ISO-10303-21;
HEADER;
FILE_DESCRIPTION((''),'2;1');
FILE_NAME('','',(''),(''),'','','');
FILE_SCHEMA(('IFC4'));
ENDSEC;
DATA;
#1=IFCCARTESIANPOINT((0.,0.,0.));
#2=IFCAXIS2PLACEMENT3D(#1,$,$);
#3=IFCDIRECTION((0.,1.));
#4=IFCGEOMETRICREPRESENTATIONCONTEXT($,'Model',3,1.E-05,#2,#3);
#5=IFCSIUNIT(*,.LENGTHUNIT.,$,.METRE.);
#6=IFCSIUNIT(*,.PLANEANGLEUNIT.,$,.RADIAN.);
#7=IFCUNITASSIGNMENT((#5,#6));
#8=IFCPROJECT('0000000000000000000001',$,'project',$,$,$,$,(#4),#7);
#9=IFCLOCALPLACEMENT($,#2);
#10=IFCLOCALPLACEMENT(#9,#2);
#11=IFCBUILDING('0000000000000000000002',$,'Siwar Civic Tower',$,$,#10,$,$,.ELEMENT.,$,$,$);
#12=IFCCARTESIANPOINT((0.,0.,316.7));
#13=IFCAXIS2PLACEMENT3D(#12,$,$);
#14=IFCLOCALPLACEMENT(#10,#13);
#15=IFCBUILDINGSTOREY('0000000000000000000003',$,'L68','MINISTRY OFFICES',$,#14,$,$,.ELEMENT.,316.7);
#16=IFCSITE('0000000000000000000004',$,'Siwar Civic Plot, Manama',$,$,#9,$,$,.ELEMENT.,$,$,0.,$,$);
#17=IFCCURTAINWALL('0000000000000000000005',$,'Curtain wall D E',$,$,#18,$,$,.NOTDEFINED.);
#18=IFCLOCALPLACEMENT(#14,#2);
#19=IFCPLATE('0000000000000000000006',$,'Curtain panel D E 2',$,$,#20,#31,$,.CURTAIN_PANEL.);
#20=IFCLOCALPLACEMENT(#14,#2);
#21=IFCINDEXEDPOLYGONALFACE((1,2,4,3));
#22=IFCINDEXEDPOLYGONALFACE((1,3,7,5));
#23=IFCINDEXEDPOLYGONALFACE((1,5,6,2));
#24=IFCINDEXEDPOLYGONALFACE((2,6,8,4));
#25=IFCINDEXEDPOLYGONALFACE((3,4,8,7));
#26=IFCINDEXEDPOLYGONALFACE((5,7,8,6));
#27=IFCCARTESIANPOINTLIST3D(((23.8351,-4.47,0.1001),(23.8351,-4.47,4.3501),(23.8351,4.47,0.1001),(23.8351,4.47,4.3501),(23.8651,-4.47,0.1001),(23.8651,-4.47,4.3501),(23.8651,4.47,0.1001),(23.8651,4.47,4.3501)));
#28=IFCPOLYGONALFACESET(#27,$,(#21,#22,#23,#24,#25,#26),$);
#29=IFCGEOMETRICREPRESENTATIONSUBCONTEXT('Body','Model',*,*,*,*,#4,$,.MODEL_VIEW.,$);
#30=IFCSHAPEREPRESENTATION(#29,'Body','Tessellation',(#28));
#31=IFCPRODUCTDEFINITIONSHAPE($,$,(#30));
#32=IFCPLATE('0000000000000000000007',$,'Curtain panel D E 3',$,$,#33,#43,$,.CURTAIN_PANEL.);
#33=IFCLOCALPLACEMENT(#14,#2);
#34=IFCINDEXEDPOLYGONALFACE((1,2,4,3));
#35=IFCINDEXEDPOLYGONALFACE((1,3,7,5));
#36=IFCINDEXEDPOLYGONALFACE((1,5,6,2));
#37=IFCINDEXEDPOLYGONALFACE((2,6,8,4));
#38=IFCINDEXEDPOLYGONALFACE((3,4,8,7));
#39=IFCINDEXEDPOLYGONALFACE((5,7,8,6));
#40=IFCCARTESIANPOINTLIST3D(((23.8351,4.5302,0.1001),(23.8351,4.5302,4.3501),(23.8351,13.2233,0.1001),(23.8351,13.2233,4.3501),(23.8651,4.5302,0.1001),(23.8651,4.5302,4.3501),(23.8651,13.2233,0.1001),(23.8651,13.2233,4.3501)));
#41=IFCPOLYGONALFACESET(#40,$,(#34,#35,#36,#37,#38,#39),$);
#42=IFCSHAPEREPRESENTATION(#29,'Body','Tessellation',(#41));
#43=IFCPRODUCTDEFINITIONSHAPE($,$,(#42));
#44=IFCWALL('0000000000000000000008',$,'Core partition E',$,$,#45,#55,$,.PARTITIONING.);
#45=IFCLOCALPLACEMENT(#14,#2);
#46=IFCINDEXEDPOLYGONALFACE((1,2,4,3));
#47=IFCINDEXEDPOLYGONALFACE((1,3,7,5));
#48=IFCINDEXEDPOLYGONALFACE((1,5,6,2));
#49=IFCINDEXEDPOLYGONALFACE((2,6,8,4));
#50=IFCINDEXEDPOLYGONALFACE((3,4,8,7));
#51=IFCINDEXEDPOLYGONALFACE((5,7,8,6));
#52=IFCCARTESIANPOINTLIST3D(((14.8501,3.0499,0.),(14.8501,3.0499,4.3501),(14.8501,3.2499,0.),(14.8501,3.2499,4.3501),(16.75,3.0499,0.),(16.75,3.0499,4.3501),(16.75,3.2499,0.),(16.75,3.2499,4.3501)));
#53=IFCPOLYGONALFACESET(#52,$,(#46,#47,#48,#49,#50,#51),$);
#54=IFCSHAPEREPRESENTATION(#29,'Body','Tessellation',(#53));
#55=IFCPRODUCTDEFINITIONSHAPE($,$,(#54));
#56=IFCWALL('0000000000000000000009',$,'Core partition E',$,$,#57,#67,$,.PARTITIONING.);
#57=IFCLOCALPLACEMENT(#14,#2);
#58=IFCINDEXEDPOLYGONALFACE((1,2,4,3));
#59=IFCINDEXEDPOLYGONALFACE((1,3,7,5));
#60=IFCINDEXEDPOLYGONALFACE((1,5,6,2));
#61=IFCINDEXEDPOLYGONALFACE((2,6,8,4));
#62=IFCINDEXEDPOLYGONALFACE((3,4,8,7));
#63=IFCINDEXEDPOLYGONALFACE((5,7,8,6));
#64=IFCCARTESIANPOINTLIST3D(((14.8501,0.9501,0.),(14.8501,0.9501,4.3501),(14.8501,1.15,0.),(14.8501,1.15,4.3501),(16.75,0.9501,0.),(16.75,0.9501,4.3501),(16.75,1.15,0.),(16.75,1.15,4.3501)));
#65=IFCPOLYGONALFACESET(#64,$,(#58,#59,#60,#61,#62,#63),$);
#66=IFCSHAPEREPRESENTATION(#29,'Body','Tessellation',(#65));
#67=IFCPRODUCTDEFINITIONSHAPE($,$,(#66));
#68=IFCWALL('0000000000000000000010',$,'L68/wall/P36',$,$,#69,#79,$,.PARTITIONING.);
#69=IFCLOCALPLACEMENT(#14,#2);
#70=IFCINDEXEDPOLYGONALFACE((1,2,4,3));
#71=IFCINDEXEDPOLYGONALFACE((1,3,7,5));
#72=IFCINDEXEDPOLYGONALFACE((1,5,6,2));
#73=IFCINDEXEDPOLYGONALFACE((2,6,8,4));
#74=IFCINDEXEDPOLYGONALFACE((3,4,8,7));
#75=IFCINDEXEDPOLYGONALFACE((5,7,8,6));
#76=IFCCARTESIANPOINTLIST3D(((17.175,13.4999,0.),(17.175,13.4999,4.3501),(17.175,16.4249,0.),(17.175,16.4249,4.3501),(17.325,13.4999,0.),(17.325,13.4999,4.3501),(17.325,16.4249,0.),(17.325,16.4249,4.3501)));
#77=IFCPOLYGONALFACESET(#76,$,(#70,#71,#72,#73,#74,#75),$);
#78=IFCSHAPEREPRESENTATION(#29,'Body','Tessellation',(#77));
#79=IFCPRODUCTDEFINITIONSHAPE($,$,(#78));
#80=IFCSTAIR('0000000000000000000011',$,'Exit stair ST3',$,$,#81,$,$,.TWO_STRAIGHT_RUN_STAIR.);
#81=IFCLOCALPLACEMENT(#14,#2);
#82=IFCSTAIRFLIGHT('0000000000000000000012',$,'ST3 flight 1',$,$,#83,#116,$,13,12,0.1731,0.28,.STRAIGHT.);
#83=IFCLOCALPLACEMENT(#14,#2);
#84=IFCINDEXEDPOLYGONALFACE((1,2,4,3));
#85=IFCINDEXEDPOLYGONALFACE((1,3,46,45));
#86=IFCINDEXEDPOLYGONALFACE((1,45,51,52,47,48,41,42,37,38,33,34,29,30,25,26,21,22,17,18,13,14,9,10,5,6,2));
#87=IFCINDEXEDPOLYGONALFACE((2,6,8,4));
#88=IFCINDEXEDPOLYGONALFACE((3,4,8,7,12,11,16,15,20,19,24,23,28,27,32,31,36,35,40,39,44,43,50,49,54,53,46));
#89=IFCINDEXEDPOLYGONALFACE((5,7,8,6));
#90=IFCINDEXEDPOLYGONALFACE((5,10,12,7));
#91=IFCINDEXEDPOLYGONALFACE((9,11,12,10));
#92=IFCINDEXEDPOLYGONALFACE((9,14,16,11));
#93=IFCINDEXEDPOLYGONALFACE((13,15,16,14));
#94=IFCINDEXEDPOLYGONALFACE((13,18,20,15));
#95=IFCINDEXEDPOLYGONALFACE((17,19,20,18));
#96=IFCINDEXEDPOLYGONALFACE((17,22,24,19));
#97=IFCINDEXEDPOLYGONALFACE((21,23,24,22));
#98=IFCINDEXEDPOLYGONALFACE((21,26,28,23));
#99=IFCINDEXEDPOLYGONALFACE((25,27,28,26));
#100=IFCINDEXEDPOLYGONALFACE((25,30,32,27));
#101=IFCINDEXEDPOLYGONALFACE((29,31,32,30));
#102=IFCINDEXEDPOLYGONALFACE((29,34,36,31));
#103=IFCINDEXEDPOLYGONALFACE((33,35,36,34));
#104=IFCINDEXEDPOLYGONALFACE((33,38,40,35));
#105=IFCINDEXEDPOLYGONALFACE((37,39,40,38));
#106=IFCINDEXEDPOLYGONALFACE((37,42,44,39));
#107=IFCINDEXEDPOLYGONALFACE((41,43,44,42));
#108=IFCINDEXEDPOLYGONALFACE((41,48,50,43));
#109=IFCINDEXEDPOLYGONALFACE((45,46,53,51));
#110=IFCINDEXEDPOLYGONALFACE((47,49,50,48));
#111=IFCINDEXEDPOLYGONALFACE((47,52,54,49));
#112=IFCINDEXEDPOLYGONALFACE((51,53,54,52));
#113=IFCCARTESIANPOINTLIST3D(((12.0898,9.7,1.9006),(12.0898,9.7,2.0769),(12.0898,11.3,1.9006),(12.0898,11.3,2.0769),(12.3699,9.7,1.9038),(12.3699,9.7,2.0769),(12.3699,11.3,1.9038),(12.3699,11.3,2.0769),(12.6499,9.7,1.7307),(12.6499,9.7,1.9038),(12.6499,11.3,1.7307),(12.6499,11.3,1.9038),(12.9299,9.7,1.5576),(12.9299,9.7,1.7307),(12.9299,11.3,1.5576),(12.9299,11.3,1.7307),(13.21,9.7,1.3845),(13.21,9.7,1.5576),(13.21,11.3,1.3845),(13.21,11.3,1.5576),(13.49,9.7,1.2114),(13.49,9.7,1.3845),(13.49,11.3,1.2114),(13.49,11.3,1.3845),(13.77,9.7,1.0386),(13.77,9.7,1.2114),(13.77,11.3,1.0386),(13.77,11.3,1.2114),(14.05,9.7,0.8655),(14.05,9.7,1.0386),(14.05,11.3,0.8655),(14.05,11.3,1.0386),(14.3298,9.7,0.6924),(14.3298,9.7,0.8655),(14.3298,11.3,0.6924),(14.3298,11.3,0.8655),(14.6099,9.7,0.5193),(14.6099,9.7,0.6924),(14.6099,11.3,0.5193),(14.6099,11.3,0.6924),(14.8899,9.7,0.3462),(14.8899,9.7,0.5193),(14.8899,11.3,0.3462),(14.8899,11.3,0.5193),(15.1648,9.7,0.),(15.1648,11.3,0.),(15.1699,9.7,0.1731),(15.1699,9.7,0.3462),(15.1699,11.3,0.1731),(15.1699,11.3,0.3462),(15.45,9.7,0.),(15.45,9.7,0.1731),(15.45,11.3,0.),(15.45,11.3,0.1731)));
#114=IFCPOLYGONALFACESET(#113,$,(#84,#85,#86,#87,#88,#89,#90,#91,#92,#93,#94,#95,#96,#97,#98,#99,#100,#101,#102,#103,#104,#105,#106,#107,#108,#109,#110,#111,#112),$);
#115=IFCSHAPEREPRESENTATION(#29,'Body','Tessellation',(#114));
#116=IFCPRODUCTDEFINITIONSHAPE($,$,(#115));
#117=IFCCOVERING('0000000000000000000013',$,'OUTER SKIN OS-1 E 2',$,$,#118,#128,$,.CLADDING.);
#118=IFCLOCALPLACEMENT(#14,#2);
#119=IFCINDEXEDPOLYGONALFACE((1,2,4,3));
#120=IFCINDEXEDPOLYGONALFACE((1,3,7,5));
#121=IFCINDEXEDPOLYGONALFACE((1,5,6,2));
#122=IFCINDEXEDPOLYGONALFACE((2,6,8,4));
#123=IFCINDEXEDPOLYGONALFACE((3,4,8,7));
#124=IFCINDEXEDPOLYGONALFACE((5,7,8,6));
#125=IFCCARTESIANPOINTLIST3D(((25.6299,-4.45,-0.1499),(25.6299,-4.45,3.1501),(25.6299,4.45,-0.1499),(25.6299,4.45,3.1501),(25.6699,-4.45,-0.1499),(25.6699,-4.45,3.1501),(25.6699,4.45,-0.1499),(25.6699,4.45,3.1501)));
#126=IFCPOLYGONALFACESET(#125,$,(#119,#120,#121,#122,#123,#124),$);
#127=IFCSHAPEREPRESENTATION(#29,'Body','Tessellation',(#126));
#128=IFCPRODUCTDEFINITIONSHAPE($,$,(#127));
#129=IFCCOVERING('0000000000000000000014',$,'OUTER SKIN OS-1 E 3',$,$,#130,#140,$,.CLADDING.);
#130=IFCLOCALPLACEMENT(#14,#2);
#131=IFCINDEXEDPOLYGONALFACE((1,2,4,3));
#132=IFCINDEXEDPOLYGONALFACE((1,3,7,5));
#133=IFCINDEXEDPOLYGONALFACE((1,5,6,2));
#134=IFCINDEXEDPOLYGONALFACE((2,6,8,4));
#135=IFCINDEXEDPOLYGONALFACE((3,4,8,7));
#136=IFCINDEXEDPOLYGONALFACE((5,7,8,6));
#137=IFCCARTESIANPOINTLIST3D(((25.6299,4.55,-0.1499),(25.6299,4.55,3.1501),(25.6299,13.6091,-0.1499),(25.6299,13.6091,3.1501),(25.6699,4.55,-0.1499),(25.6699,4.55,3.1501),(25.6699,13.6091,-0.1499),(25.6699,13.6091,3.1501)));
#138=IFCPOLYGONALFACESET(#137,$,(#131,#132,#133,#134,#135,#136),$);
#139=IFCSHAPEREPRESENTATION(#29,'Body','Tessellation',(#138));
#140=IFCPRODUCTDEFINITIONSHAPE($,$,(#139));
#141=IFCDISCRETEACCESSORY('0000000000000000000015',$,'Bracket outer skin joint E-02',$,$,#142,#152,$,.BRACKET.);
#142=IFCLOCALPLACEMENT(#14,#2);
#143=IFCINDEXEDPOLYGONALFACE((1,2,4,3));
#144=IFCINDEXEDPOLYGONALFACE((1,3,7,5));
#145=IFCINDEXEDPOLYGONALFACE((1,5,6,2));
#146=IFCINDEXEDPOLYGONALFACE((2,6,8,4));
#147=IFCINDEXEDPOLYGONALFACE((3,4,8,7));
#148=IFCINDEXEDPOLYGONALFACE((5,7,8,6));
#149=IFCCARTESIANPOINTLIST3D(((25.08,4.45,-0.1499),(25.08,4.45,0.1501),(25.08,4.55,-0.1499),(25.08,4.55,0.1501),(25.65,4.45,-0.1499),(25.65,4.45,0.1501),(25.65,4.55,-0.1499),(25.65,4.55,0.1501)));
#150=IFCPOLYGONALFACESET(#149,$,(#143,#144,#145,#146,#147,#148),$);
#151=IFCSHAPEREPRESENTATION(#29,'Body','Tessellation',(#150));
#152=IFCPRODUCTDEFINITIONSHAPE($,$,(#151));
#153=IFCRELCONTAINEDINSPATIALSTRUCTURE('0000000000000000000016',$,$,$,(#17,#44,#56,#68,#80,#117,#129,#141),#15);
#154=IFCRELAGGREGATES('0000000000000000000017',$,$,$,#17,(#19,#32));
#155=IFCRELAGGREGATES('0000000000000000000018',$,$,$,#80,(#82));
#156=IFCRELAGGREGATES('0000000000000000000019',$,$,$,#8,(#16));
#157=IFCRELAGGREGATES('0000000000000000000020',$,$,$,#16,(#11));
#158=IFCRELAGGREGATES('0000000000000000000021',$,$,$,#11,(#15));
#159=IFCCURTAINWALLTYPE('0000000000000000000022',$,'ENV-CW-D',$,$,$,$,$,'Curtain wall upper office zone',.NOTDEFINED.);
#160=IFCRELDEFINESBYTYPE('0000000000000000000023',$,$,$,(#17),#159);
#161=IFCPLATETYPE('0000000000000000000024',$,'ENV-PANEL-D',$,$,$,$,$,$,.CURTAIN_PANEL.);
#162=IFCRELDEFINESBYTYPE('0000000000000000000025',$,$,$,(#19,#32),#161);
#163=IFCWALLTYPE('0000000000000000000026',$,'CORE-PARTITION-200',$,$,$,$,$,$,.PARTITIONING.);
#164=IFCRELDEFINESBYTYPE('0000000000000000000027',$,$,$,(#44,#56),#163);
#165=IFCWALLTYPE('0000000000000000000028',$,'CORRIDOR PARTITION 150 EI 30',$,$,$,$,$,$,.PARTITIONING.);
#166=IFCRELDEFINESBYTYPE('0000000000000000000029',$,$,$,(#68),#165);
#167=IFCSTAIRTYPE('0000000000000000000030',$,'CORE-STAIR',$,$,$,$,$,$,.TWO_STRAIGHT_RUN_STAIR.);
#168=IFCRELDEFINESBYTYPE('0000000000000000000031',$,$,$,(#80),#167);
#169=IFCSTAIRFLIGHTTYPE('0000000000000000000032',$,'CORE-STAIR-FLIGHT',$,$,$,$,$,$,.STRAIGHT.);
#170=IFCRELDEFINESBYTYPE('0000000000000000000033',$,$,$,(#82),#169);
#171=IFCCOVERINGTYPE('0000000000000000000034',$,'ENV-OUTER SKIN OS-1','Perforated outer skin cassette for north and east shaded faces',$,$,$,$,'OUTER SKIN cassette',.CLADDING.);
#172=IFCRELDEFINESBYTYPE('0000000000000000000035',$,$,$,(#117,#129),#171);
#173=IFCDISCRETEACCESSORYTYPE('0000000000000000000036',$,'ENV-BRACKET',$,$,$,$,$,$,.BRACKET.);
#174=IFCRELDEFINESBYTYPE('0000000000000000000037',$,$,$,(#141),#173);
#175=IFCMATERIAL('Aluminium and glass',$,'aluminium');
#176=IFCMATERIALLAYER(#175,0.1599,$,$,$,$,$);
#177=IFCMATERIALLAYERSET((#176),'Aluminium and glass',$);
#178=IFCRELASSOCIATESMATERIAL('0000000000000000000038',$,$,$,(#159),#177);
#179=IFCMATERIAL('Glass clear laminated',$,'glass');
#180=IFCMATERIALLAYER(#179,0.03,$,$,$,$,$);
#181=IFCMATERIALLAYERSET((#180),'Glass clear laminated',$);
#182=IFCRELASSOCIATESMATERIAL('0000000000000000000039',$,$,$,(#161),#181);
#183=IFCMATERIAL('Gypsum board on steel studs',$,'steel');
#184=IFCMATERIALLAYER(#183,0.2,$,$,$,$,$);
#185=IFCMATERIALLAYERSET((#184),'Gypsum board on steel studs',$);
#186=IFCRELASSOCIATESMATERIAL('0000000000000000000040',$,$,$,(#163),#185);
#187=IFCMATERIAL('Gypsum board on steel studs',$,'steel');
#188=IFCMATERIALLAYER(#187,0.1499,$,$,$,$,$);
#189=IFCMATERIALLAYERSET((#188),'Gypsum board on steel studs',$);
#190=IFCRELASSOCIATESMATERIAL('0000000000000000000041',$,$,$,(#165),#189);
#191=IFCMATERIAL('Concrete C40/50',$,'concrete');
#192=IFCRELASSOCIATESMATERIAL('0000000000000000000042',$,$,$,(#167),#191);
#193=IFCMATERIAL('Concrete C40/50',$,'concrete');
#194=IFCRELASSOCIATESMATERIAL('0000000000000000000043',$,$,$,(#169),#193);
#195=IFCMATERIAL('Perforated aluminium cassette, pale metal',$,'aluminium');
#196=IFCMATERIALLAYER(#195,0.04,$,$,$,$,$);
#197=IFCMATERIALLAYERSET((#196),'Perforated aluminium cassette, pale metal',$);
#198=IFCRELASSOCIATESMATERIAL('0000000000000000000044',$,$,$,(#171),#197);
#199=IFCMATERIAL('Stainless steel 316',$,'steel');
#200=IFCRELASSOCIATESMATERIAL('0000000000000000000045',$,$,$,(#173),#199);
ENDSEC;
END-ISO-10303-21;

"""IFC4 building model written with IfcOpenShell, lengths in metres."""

from ifc_helpers import new_model, si_unit, direction, frame, frame_2d, origin, origin_2d, place, context, subcontext, project, spatial, polyline, rectangle, outline, extrude, material, layer, layer_set, type_object, element, aggregate, save


model = new_model("IFC4")

# Units and contexts
model_context = context("Model", 3, precision=1e-05, world=origin(), true_north=direction((0.0, 1.0)))
body_context = subcontext(model_context, "Body", "Model", "MODEL_VIEW")
ifc_project = project(units=[si_unit("LENGTHUNIT", "METRE"), si_unit("PLANEANGLEUNIT", "RADIAN")], contexts=[model_context])

# Site, building, storey
site_placement = place(None, origin())
site = spatial("IfcSite", under=ifc_project, at=site_placement, Name="Siwar Civic Plot, Manama", CompositionType="ELEMENT", RefElevation=0.0)
building_placement = place(site_placement, origin())
building = spatial("IfcBuilding", under=site, at=building_placement, Name="Siwar Civic Tower", CompositionType="ELEMENT")
storey_placement = place(building_placement, frame((0.0, 0.0, 316.7)))
storey = spatial("IfcBuildingStorey", under=building, at=storey_placement, Name="L68", Description="MINISTRY OFFICES", CompositionType="ELEMENT", Elevation=316.7)

# Curtain wall
ifc_material_1 = material(Name="Aluminium and glass", Category="aluminium")
ifc_layer_1 = layer(ifc_material_1, 0.1599)
ifc_layer_set_1 = layer_set([ifc_layer_1], Name="Aluminium and glass")
curtain_wall_type_1 = type_object("IfcCurtainWallType", Name="ENV-CW-D", ElementType="Curtain wall upper office zone", PredefinedType="NOTDEFINED", material=ifc_layer_set_1)
curtain_wall_1_placement = place(storey_placement, origin())
curtain_wall_1 = element("IfcCurtainWall", 1, at=curtain_wall_1_placement, inside=storey, type_object=curtain_wall_type_1, Name="Curtain wall D E", PredefinedType="NOTDEFINED")

# Plates
ifc_material_2 = material(Name="Glass clear laminated", Category="glass")
ifc_layer_2 = layer(ifc_material_2, 0.03)
ifc_layer_set_2 = layer_set([ifc_layer_2], Name="Glass clear laminated")
plate_type = type_object("IfcPlateType", Name="ENV-PANEL-D", PredefinedType="CURTAIN_PANEL", material=ifc_layer_set_2)
plate_1_placement = place(storey_placement, frame((23.8501, 0.0, 0.1001), z_axis=(0.0, 0.0, 1.0), x_axis=(0.0, 1.0, 0.0)))
plate_1 = element("IfcPlate", 2, at=plate_1_placement, type_object=plate_type, Name="Curtain panel D E 2", PredefinedType="CURTAIN_PANEL", context=body_context, shape_type="SweptSolid", body=[
    extrude(rectangle(XDim=8.9399, YDim=0.03, at=origin_2d()), origin(), (0.0, 0.0, 1.0), 4.25),
])
plate_2_placement = place(storey_placement, frame((23.8501, 8.8767, 0.1001), z_axis=(0.0, 0.0, 1.0), x_axis=(0.0, 1.0, 0.0)))
plate_2 = element("IfcPlate", 3, at=plate_2_placement, type_object=plate_type, Name="Curtain panel D E 3", PredefinedType="CURTAIN_PANEL", context=body_context, shape_type="SweptSolid", body=[
    extrude(rectangle(XDim=8.6931, YDim=0.03, at=origin_2d()), origin(), (0.0, 0.0, 1.0), 4.25),
])
aggregate(curtain_wall_1, [plate_1, plate_2])

# Walls
ifc_material_3 = material(Name="Gypsum board on steel studs", Category="steel")
ifc_layer_3 = layer(ifc_material_3, 0.2)
ifc_layer_set_3 = layer_set([ifc_layer_3], Name="Gypsum board on steel studs")
wall_type_1 = type_object("IfcWallType", Name="CORE-PARTITION-200", PredefinedType="PARTITIONING", material=ifc_layer_set_3)
for number, where, z_axis, x_axis, name in (
    (4, (14.8501, 3.1499, 0.0), (0.0, 0.0, 1.0), (1.0, 0.0, 0.0), "Core partition E"),
    (5, (14.8501, 1.05, 0.0), (0.0, 0.0, 1.0), (1.0, 0.0, 0.0), "Core partition E"),
):
    element("IfcWall", number, at=place(storey_placement, frame(where, z_axis=z_axis, x_axis=x_axis)), inside=storey, type_object=wall_type_1, Name=name, PredefinedType="PARTITIONING", context=body_context, shape_type="SweptSolid", body=[
        extrude(rectangle(XDim=1.8999, YDim=0.2, at=frame_2d((0.95, 0.0))), origin(), (0.0, 0.0, 1.0), 4.3501),
    ])
ifc_material_4 = material(Name="Gypsum board on steel studs", Category="steel")
ifc_layer_4 = layer(ifc_material_4, 0.1499)
ifc_layer_set_4 = layer_set([ifc_layer_4], Name="Gypsum board on steel studs")
wall_type_2 = type_object("IfcWallType", Name="CORRIDOR PARTITION 150 EI 30", PredefinedType="PARTITIONING", material=ifc_layer_set_4)
wall_placement = place(storey_placement, frame((17.25, 13.5, 0.0), z_axis=(0.0, 0.0, 1.0), x_axis=(0.0, 1.0, 0.0)))
element("IfcWall", 6, at=wall_placement, inside=storey, type_object=wall_type_2, Name="L68/wall/P36", PredefinedType="PARTITIONING", context=body_context, shape_type="SweptSolid", body=[
    extrude(rectangle(XDim=2.925, YDim=0.1499, at=frame_2d((1.4624, 0.0))), origin(), (0.0, 0.0, 1.0), 4.3501),
])

# Stair, stair flight
ifc_material_5 = material(Name="Concrete C40/50", Category="concrete")
stair_type = type_object("IfcStairType", Name="CORE-STAIR", PredefinedType="TWO_STRAIGHT_RUN_STAIR", material=ifc_material_5)
stair_placement = place(storey_placement, origin())
stair = element("IfcStair", 7, at=stair_placement, inside=storey, type_object=stair_type, Name="Exit stair ST3", PredefinedType="TWO_STRAIGHT_RUN_STAIR")
ifc_material_6 = material(Name="Concrete C40/50", Category="concrete")
stair_flight_type = type_object("IfcStairFlightType", Name="CORE-STAIR-FLIGHT", PredefinedType="STRAIGHT", material=ifc_material_6)
stair_flight_placement = place(storey_placement, frame((15.45, 10.5, 0.0), z_axis=(0.0, 0.0, 1.0), x_axis=(-1.0, 0.0, 0.0)))
stair_flight = element("IfcStairFlight", 8, at=stair_flight_placement, type_object=stair_flight_type, Name="ST3 flight 1", NumberOfRisers=13, NumberOfTreads=12, PredefinedType="STRAIGHT", RiserHeight=0.1731, TreadLength=0.28, context=body_context, shape_type="SweptSolid", body=[
    extrude(outline(polyline([(0.0, 0.0), (0.0, 0.1731), (0.28, 0.1731), (0.28, 0.3462), (0.5601, 0.3462), (0.5601, 0.5193), (0.8401, 0.5193), (0.8401, 0.6924), (1.1201, 0.6924), (1.1201, 0.8655), (1.3999, 0.8655), (1.3999, 1.0386), (1.6799, 1.0386), (1.6799, 1.2114), (1.96, 1.2114), (1.96, 1.3845), (2.24, 1.3845), (2.24, 1.5576), (2.52, 1.5576), (2.52, 1.7307), (2.8, 1.7307), (2.8, 1.9038), (3.0801, 1.9038), (3.0801, 2.0769), (3.3601, 2.0769), (3.3601, 2.25), (3.3601, 1.9006), (0.2852, 0.0), (0.0, 0.0)])), frame((0.0, 0.8, 0.0), z_axis=(0.0, -1.0, 0.0), x_axis=(1.0, 0.0, 0.0)), (0.0, 0.0, 1.0), 1.6001),
])
aggregate(stair, [stair_flight])

# Coverings
ifc_material_7 = material(Name="Perforated aluminium cassette, pale metal", Category="aluminium")
ifc_layer_5 = layer(ifc_material_7, 0.04)
ifc_layer_set_5 = layer_set([ifc_layer_5], Name="Perforated aluminium cassette, pale metal")
covering_type = type_object("IfcCoveringType", Name="ENV-OUTER SKIN OS-1", Description="Perforated outer skin cassette for north and east shaded faces", ElementType="OUTER SKIN cassette", PredefinedType="CLADDING", material=ifc_layer_set_5)
covering_1_placement = place(storey_placement, frame((25.6499, 0.0, -0.1499), z_axis=(0.0, 0.0, 1.0), x_axis=(0.0, 1.0, 0.0)))
element("IfcCovering", 9, at=covering_1_placement, inside=storey, type_object=covering_type, Name="OUTER SKIN OS-1 E 2", PredefinedType="CLADDING", context=body_context, shape_type="SweptSolid", body=[
    extrude(rectangle(XDim=8.8999, YDim=0.04, at=origin_2d()), origin(), (0.0, 0.0, 1.0), 3.3),
])
covering_2_placement = place(storey_placement, frame((25.6499, 9.0796, -0.1499), z_axis=(0.0, 0.0, 1.0), x_axis=(0.0, 1.0, 0.0)))
element("IfcCovering", 10, at=covering_2_placement, inside=storey, type_object=covering_type, Name="OUTER SKIN OS-1 E 3", PredefinedType="CLADDING", context=body_context, shape_type="SweptSolid", body=[
    extrude(rectangle(XDim=9.0591, YDim=0.04, at=origin_2d()), origin(), (0.0, 0.0, 1.0), 3.3),
])

# Discrete accessory
ifc_material_8 = material(Name="Stainless steel 316", Category="steel")
discrete_accessory_type = type_object("IfcDiscreteAccessoryType", Name="ENV-BRACKET", PredefinedType="BRACKET", material=ifc_material_8)
discrete_accessory_placement = place(storey_placement, frame((25.365, 4.5, -0.1499), z_axis=(0.0, 0.0, 1.0), x_axis=(1.0, 0.0, 0.0)))
element("IfcDiscreteAccessory", 11, at=discrete_accessory_placement, inside=storey, type_object=discrete_accessory_type, Name="Bracket outer skin joint E-02", PredefinedType="BRACKET", context=body_context, shape_type="SweptSolid", body=[
    extrude(rectangle(XDim=0.5701, YDim=0.1001, at=origin_2d()), origin(), (0.0, 0.0, 1.0), 0.3),
])

save(model, "model.ifc")
